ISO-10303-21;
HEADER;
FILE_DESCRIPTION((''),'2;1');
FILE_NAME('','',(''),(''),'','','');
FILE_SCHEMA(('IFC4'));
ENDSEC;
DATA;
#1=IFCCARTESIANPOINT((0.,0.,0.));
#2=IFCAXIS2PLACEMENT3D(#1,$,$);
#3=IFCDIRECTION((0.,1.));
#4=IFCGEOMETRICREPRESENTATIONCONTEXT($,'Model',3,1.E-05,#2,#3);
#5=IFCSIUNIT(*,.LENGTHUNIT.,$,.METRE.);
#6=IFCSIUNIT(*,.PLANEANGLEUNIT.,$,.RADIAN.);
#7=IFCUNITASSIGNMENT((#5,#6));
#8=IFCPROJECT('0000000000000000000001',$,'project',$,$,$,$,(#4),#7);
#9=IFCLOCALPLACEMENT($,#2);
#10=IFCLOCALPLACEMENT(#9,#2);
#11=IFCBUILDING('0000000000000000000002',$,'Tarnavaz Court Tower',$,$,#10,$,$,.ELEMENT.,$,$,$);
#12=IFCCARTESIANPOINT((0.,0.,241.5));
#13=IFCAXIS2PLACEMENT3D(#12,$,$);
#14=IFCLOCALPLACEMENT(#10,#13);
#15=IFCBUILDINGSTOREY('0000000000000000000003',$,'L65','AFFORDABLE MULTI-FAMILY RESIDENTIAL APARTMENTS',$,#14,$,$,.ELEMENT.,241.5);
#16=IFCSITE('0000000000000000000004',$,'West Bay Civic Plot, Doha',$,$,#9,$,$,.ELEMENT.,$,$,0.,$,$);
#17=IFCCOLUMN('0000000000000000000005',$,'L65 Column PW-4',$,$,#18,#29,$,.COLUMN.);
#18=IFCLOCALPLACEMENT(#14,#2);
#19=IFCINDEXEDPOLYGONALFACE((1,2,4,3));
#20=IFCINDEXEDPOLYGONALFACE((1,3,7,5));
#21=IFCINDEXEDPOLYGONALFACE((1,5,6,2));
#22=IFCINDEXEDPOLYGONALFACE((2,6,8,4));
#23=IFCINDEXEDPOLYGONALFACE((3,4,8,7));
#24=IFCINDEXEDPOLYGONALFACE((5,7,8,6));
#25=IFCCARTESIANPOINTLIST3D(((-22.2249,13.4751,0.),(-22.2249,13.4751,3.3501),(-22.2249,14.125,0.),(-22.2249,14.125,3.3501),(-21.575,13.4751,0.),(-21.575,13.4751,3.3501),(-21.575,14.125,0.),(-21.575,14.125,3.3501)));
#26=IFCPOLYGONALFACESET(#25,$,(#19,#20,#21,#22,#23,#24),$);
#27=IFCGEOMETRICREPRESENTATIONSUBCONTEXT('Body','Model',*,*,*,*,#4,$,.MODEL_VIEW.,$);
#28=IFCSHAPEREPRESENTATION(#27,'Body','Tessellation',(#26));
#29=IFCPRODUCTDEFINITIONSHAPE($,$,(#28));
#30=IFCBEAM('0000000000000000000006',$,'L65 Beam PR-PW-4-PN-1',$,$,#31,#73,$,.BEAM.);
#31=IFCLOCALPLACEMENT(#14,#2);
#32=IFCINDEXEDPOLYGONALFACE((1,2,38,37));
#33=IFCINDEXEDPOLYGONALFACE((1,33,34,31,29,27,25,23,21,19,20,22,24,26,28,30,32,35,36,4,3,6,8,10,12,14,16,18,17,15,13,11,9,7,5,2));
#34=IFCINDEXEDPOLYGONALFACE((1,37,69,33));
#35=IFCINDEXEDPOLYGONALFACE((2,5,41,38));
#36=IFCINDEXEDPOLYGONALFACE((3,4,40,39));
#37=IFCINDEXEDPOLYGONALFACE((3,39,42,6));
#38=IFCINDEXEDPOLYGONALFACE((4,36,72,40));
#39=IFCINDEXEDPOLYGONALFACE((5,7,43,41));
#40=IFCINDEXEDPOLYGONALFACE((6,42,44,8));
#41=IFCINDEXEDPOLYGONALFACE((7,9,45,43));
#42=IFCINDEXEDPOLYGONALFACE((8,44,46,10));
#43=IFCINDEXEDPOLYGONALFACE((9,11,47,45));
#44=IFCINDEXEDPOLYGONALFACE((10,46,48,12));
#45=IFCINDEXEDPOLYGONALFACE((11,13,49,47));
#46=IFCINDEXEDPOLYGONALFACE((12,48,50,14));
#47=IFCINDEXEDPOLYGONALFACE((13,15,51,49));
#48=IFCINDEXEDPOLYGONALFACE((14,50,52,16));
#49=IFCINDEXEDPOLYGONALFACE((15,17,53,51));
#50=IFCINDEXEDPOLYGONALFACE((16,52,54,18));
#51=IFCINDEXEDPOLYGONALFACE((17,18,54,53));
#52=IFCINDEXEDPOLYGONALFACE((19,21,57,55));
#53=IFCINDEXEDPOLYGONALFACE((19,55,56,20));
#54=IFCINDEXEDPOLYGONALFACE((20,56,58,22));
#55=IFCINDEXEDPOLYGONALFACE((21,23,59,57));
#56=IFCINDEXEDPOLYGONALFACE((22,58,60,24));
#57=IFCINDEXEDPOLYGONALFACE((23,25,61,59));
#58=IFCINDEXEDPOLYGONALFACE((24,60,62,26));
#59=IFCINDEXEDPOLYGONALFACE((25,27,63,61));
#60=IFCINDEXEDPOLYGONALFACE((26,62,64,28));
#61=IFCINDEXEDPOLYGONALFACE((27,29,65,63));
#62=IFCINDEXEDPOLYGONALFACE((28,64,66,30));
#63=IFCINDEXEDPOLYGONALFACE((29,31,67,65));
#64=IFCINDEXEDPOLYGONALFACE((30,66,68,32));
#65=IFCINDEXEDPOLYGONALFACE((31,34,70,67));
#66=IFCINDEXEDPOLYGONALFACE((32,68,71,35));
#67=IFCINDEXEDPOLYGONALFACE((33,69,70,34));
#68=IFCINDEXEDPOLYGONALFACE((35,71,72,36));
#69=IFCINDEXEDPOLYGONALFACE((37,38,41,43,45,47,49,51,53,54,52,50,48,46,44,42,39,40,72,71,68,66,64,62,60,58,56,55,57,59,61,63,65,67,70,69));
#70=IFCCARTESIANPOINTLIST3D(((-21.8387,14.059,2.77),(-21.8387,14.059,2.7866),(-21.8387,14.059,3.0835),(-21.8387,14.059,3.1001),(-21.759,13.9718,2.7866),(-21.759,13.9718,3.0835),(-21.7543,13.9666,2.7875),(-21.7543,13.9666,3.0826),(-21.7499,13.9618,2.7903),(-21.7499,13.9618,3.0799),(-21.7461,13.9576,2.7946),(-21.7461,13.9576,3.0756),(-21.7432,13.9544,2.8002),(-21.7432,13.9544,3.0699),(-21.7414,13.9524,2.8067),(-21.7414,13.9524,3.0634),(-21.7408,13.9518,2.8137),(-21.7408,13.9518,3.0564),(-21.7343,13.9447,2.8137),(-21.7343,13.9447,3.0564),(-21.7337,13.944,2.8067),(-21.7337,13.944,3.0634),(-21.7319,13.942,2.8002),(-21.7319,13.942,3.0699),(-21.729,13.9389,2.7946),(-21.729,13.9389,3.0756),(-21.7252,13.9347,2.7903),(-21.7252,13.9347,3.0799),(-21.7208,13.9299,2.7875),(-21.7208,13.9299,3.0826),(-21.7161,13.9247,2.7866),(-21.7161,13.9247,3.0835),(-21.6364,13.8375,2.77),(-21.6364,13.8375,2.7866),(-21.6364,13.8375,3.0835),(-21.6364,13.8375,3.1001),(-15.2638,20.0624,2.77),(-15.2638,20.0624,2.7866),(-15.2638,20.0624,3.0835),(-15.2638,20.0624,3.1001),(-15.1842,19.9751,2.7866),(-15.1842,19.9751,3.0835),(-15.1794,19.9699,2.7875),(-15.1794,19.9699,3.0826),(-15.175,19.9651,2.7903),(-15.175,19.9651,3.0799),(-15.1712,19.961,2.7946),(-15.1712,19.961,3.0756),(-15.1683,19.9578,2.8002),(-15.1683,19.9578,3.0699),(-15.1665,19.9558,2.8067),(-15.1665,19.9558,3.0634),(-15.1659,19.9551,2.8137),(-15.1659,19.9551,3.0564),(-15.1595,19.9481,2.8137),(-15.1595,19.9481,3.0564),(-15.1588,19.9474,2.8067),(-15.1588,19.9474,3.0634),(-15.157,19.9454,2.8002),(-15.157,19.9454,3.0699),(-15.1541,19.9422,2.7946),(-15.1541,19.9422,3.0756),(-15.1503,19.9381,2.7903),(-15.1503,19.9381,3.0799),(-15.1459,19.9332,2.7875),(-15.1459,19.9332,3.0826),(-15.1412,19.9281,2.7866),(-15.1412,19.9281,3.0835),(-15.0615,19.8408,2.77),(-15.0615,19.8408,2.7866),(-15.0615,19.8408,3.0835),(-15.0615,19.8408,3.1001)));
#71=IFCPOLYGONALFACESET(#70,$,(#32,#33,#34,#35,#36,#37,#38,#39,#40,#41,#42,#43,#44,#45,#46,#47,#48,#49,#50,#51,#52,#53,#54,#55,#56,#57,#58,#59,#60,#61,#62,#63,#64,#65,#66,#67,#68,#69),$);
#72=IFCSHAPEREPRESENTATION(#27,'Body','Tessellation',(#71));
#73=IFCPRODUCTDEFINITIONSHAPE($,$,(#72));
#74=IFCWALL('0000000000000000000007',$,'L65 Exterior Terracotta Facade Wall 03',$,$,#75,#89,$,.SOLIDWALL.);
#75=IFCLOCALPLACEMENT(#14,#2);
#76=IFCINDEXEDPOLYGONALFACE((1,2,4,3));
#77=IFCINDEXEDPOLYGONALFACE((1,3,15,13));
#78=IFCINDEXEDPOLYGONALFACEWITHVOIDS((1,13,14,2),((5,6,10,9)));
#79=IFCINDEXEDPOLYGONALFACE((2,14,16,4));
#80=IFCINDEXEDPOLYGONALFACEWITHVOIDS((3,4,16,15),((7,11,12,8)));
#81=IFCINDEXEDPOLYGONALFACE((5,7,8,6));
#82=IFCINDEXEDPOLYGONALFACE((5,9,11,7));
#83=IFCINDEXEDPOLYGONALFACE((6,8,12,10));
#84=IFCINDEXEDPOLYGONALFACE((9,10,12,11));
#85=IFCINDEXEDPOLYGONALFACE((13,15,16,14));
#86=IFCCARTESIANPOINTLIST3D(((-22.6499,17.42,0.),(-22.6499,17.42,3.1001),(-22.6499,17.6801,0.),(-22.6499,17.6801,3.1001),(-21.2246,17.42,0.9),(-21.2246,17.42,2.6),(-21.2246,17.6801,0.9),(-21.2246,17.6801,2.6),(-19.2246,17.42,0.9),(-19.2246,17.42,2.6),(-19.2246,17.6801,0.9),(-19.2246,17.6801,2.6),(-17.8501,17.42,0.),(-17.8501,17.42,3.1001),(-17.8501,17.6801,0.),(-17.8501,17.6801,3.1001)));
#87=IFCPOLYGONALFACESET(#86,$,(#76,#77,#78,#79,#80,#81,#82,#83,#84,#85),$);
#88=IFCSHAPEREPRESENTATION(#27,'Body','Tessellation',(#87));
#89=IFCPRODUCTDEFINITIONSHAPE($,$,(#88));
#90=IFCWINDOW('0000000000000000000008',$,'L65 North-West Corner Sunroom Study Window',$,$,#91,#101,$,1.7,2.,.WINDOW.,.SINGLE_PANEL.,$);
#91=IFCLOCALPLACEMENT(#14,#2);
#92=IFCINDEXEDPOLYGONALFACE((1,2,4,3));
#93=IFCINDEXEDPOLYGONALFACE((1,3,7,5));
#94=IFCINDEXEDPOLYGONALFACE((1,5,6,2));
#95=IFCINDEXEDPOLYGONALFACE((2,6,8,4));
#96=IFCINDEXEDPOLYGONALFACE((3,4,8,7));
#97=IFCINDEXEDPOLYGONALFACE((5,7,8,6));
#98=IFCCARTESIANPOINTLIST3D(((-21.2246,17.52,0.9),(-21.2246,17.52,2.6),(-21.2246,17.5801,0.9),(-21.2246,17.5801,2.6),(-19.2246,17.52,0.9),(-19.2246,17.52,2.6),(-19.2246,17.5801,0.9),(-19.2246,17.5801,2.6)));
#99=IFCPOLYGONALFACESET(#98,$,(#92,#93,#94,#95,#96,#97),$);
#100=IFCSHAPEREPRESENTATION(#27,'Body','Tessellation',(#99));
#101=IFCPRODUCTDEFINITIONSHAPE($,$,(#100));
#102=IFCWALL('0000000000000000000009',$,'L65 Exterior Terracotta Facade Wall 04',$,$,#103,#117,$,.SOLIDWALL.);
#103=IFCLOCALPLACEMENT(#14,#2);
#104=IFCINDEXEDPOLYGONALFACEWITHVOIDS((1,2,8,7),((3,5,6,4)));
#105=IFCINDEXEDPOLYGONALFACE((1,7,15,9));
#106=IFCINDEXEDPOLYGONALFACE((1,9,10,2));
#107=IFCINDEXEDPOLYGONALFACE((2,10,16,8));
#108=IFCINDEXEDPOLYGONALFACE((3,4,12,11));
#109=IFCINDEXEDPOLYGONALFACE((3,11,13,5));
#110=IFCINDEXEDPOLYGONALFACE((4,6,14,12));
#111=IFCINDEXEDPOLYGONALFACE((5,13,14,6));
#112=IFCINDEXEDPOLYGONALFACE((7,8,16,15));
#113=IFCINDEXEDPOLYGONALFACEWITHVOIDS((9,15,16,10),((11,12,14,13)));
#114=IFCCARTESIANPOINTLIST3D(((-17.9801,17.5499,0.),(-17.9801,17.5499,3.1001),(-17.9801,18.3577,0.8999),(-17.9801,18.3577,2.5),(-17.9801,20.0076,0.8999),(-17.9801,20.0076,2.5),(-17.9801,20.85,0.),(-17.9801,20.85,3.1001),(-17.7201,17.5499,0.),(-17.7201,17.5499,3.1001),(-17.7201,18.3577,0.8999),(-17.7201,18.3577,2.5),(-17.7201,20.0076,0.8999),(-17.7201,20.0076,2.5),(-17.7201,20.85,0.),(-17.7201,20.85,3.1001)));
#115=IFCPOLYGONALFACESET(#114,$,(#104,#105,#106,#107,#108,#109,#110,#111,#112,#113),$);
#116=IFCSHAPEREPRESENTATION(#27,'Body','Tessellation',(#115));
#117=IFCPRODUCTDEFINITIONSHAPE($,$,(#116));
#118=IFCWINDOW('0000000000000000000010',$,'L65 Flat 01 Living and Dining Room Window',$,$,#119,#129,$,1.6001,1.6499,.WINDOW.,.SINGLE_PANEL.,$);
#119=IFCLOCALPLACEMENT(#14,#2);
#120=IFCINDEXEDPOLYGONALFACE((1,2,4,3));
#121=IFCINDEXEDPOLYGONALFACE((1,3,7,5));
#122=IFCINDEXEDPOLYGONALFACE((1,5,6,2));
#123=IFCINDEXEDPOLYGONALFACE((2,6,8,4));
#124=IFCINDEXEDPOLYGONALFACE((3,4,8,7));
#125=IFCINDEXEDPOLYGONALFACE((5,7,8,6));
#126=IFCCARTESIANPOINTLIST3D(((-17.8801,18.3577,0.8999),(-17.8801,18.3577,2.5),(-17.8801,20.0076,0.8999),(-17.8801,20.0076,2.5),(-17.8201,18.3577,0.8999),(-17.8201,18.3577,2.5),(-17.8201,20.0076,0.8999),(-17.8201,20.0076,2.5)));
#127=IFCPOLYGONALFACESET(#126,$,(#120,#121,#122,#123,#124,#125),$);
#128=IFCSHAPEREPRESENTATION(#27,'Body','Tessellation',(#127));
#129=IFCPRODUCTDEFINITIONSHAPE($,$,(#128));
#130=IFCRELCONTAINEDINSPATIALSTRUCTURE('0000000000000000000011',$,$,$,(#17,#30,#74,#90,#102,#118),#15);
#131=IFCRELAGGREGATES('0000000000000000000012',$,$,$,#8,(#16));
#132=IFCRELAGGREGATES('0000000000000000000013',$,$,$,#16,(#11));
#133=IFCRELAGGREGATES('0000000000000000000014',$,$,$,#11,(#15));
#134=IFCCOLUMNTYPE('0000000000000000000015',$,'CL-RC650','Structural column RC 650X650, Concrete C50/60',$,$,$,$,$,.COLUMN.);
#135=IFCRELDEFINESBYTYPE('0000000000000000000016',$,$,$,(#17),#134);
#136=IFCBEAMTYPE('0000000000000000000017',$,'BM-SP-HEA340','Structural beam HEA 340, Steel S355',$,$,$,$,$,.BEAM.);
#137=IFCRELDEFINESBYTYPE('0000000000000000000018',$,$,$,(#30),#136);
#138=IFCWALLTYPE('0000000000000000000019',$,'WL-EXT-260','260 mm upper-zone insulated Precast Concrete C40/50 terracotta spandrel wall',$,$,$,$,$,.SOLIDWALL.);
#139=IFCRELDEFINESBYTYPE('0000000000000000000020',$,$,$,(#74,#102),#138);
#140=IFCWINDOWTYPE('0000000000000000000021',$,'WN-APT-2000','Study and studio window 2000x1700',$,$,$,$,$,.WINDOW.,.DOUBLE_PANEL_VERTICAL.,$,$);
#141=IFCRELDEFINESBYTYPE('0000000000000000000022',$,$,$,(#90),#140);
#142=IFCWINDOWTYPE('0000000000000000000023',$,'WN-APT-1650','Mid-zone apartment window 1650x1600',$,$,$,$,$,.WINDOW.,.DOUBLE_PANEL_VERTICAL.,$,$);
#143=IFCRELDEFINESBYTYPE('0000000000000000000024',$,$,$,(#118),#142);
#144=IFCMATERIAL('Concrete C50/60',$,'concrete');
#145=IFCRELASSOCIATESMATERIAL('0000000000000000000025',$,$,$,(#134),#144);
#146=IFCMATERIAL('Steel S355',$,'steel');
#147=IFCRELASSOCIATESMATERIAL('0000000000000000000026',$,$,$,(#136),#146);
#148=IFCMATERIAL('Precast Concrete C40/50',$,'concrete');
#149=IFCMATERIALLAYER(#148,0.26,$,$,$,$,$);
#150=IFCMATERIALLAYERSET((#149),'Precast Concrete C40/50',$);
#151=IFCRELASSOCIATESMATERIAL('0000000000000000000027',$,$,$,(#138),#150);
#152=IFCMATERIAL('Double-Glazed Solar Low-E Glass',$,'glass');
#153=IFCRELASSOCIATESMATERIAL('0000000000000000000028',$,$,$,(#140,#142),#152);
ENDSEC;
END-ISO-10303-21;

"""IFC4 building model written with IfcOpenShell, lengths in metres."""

from ifc_helpers import new_model, si_unit, direction, frame, frame_2d, origin, origin_2d, place, context, subcontext, project, spatial, rectangle, i_section, extrude, material, layer, layer_set, material_profile, profile_set, type_object, element, fill, save


model = new_model("IFC4")

# Units and contexts
model_context = context("Model", 3, precision=1e-05, world=origin(), true_north=direction((0.0, 1.0)))
body_context = subcontext(model_context, "Body", "Model", "MODEL_VIEW")
ifc_project = project(units=[si_unit("LENGTHUNIT", "METRE"), si_unit("PLANEANGLEUNIT", "RADIAN")], contexts=[model_context])

# Site, building, storey
site_placement = place(None, origin())
site = spatial("IfcSite", under=ifc_project, at=site_placement, Name="West Bay Civic Plot, Doha", CompositionType="ELEMENT", RefElevation=0.0)
building_placement = place(site_placement, origin())
building = spatial("IfcBuilding", under=site, at=building_placement, Name="Tarnavaz Court Tower", CompositionType="ELEMENT")
storey_placement = place(building_placement, frame((0.0, 0.0, 241.5)))
storey = spatial("IfcBuildingStorey", under=building, at=storey_placement, Name="L65", Description="AFFORDABLE MULTI-FAMILY RESIDENTIAL APARTMENTS", CompositionType="ELEMENT", Elevation=241.5)

# Column
ifc_material_1 = material(Name="Concrete C50/60", Category="concrete")
ifc_material_profile_1 = material_profile(ifc_material_1, rectangle(XDim=0.6499, YDim=0.6499, at=origin_2d()), Name="RC 650X650")
ifc_profile_set_1 = profile_set([ifc_material_profile_1], Name="Concrete C50/60")
column_type = type_object("IfcColumnType", Name="CL-RC650", Description="Structural column RC 650X650, Concrete C50/60", PredefinedType="COLUMN", material=ifc_profile_set_1)
column_placement = place(storey_placement, frame((-21.8999, 13.8, 0.0), z_axis=(0.0, 0.0, 1.0), x_axis=(1.0, 0.0, 0.0)))
element("IfcColumn", 1, at=column_placement, inside=storey, type_object=column_type, Name="L65 Column PW-4", PredefinedType="COLUMN", context=body_context, shape_type="SweptSolid", body=[
    extrude(rectangle(XDim=0.6499, YDim=0.6499, at=origin_2d()), origin(), (0.0, 0.0, 1.0), 3.3501),
])

# Beam
ifc_material_2 = material(Name="Steel S355", Category="steel")
ifc_material_profile_2 = material_profile(ifc_material_2, i_section(OverallWidth=0.3, OverallDepth=0.3301, WebThickness=0.0095, FlangeThickness=0.0166, FilletRadius=0.0271, at=origin_2d()), Name="HEA 340")
ifc_profile_set_2 = profile_set([ifc_material_profile_2], Name="Steel S355")
beam_type = type_object("IfcBeamType", Name="BM-SP-HEA340", Description="Structural beam HEA 340, Steel S355", PredefinedType="BEAM", material=ifc_profile_set_2)
beam_placement = place(storey_placement, frame((-21.7375, 13.9482, 2.9351), z_axis=(0.738474, 0.674282, 0.0), x_axis=(-0.674282, 0.738474, 0.0)))
element("IfcBeam", 2, at=beam_placement, inside=storey, type_object=beam_type, Name="L65 Beam PR-PW-4-PN-1", PredefinedType="BEAM", context=body_context, shape_type="SweptSolid", body=[
    extrude(i_section(OverallWidth=0.3, OverallDepth=0.3301, WebThickness=0.0095, FlangeThickness=0.0166, FilletRadius=0.0271, at=origin_2d()), origin(), (0.0, 0.0, 1.0), 8.9033),
])

# Walls, openings, windows
ifc_material_3 = material(Name="Precast Concrete C40/50", Category="concrete")
ifc_layer_1 = layer(ifc_material_3, 0.26)
ifc_layer_set_1 = layer_set([ifc_layer_1], Name="Precast Concrete C40/50")
wall_type_1 = type_object("IfcWallType", Name="WL-EXT-260", Description="260 mm upper-zone insulated Precast Concrete C40/50 terracotta spandrel wall", PredefinedType="SOLIDWALL", material=ifc_layer_set_1)
wall_1_placement = place(storey_placement, frame((-22.6499, 17.55, 0.0), z_axis=(0.0, 0.0, 1.0), x_axis=(1.0, 0.0, 0.0)))
wall_1 = element("IfcWall", 3, at=wall_1_placement, inside=storey, type_object=wall_type_1, Name="L65 Exterior Terracotta Facade Wall 03", PredefinedType="SOLIDWALL", context=body_context, shape_type="SweptSolid", body=[
    extrude(rectangle(XDim=4.7998, YDim=0.26, at=frame_2d((2.3999, 0.0))), origin(), (0.0, 0.0, 1.0), 3.1001),
])
opening_1_placement = place(wall_1_placement, frame((1.4253, 0.0, 0.8999)))
opening_1 = element("IfcOpeningElement", 4, at=opening_1_placement, cuts=wall_1, PredefinedType="OPENING", context=body_context, shape_type="SweptSolid", body=[
    extrude(rectangle(XDim=2.0, YDim=1.7, at=frame_2d((1.0, 0.8501))), frame((0.0, 0.1399, 0.0), z_axis=(0.0, -1.0, 0.0), x_axis=(1.0, 0.0, 0.0)), (0.0, 0.0, 1.0), 0.28),
])
ifc_material_4 = material(Name="Double-Glazed Solar Low-E Glass", Category="glass")
window_type_1 = type_object("IfcWindowType", Name="WN-APT-2000", Description="Study and studio window 2000x1700", PartitioningType="DOUBLE_PANEL_VERTICAL", PredefinedType="WINDOW", material=ifc_material_4)
window_1_placement = place(opening_1_placement, origin())
window_1 = element("IfcWindow", 5, at=window_1_placement, inside=storey, type_object=window_type_1, Name="L65 North-West Corner Sunroom Study Window", OverallHeight=1.7, OverallWidth=2.0, PartitioningType="SINGLE_PANEL", PredefinedType="WINDOW", context=body_context, shape_type="SweptSolid", body=[
    extrude(rectangle(XDim=2.0, YDim=1.7, at=frame_2d((1.0, 0.8501))), frame((0.0, 0.03, 0.0), z_axis=(0.0, -1.0, 0.0), x_axis=(1.0, 0.0, 0.0)), (0.0, 0.0, 1.0), 0.0601),
])
fill(opening_1, window_1)
wall_2_placement = place(storey_placement, frame((-17.8501, 17.55, 0.0), z_axis=(0.0, 0.0, 1.0), x_axis=(0.0, 1.0, 0.0)))
wall_2 = element("IfcWall", 6, at=wall_2_placement, inside=storey, type_object=wall_type_1, Name="L65 Exterior Terracotta Facade Wall 04", PredefinedType="SOLIDWALL", context=body_context, shape_type="SweptSolid", body=[
    extrude(rectangle(XDim=3.3, YDim=0.26, at=frame_2d((1.6499, 0.0))), origin(), (0.0, 0.0, 1.0), 3.1001),
])
opening_2_placement = place(wall_2_placement, frame((0.8076, 0.0, 0.8999)))
opening_2 = element("IfcOpeningElement", 7, at=opening_2_placement, cuts=wall_2, PredefinedType="OPENING", context=body_context, shape_type="SweptSolid", body=[
    extrude(rectangle(XDim=1.6499, YDim=1.6001, at=frame_2d((0.825, 0.8))), frame((0.0, 0.1399, 0.0), z_axis=(0.0, -1.0, 0.0), x_axis=(1.0, 0.0, 0.0)), (0.0, 0.0, 1.0), 0.28),
])
window_type_2 = type_object("IfcWindowType", Name="WN-APT-1650", Description="Mid-zone apartment window 1650x1600", PartitioningType="DOUBLE_PANEL_VERTICAL", PredefinedType="WINDOW", material=ifc_material_4)
window_2_placement = place(opening_2_placement, origin())
window_2 = element("IfcWindow", 8, at=window_2_placement, inside=storey, type_object=window_type_2, Name="L65 Flat 01 Living and Dining Room Window", OverallHeight=1.6001, OverallWidth=1.6499, PartitioningType="SINGLE_PANEL", PredefinedType="WINDOW", context=body_context, shape_type="SweptSolid", body=[
    extrude(rectangle(XDim=1.6499, YDim=1.6001, at=frame_2d((0.825, 0.8))), frame((0.0, 0.03, 0.0), z_axis=(0.0, -1.0, 0.0), x_axis=(1.0, 0.0, 0.0)), (0.0, 0.0, 1.0), 0.0601),
])
fill(opening_2, window_2)

save(model, "model.ifc")
